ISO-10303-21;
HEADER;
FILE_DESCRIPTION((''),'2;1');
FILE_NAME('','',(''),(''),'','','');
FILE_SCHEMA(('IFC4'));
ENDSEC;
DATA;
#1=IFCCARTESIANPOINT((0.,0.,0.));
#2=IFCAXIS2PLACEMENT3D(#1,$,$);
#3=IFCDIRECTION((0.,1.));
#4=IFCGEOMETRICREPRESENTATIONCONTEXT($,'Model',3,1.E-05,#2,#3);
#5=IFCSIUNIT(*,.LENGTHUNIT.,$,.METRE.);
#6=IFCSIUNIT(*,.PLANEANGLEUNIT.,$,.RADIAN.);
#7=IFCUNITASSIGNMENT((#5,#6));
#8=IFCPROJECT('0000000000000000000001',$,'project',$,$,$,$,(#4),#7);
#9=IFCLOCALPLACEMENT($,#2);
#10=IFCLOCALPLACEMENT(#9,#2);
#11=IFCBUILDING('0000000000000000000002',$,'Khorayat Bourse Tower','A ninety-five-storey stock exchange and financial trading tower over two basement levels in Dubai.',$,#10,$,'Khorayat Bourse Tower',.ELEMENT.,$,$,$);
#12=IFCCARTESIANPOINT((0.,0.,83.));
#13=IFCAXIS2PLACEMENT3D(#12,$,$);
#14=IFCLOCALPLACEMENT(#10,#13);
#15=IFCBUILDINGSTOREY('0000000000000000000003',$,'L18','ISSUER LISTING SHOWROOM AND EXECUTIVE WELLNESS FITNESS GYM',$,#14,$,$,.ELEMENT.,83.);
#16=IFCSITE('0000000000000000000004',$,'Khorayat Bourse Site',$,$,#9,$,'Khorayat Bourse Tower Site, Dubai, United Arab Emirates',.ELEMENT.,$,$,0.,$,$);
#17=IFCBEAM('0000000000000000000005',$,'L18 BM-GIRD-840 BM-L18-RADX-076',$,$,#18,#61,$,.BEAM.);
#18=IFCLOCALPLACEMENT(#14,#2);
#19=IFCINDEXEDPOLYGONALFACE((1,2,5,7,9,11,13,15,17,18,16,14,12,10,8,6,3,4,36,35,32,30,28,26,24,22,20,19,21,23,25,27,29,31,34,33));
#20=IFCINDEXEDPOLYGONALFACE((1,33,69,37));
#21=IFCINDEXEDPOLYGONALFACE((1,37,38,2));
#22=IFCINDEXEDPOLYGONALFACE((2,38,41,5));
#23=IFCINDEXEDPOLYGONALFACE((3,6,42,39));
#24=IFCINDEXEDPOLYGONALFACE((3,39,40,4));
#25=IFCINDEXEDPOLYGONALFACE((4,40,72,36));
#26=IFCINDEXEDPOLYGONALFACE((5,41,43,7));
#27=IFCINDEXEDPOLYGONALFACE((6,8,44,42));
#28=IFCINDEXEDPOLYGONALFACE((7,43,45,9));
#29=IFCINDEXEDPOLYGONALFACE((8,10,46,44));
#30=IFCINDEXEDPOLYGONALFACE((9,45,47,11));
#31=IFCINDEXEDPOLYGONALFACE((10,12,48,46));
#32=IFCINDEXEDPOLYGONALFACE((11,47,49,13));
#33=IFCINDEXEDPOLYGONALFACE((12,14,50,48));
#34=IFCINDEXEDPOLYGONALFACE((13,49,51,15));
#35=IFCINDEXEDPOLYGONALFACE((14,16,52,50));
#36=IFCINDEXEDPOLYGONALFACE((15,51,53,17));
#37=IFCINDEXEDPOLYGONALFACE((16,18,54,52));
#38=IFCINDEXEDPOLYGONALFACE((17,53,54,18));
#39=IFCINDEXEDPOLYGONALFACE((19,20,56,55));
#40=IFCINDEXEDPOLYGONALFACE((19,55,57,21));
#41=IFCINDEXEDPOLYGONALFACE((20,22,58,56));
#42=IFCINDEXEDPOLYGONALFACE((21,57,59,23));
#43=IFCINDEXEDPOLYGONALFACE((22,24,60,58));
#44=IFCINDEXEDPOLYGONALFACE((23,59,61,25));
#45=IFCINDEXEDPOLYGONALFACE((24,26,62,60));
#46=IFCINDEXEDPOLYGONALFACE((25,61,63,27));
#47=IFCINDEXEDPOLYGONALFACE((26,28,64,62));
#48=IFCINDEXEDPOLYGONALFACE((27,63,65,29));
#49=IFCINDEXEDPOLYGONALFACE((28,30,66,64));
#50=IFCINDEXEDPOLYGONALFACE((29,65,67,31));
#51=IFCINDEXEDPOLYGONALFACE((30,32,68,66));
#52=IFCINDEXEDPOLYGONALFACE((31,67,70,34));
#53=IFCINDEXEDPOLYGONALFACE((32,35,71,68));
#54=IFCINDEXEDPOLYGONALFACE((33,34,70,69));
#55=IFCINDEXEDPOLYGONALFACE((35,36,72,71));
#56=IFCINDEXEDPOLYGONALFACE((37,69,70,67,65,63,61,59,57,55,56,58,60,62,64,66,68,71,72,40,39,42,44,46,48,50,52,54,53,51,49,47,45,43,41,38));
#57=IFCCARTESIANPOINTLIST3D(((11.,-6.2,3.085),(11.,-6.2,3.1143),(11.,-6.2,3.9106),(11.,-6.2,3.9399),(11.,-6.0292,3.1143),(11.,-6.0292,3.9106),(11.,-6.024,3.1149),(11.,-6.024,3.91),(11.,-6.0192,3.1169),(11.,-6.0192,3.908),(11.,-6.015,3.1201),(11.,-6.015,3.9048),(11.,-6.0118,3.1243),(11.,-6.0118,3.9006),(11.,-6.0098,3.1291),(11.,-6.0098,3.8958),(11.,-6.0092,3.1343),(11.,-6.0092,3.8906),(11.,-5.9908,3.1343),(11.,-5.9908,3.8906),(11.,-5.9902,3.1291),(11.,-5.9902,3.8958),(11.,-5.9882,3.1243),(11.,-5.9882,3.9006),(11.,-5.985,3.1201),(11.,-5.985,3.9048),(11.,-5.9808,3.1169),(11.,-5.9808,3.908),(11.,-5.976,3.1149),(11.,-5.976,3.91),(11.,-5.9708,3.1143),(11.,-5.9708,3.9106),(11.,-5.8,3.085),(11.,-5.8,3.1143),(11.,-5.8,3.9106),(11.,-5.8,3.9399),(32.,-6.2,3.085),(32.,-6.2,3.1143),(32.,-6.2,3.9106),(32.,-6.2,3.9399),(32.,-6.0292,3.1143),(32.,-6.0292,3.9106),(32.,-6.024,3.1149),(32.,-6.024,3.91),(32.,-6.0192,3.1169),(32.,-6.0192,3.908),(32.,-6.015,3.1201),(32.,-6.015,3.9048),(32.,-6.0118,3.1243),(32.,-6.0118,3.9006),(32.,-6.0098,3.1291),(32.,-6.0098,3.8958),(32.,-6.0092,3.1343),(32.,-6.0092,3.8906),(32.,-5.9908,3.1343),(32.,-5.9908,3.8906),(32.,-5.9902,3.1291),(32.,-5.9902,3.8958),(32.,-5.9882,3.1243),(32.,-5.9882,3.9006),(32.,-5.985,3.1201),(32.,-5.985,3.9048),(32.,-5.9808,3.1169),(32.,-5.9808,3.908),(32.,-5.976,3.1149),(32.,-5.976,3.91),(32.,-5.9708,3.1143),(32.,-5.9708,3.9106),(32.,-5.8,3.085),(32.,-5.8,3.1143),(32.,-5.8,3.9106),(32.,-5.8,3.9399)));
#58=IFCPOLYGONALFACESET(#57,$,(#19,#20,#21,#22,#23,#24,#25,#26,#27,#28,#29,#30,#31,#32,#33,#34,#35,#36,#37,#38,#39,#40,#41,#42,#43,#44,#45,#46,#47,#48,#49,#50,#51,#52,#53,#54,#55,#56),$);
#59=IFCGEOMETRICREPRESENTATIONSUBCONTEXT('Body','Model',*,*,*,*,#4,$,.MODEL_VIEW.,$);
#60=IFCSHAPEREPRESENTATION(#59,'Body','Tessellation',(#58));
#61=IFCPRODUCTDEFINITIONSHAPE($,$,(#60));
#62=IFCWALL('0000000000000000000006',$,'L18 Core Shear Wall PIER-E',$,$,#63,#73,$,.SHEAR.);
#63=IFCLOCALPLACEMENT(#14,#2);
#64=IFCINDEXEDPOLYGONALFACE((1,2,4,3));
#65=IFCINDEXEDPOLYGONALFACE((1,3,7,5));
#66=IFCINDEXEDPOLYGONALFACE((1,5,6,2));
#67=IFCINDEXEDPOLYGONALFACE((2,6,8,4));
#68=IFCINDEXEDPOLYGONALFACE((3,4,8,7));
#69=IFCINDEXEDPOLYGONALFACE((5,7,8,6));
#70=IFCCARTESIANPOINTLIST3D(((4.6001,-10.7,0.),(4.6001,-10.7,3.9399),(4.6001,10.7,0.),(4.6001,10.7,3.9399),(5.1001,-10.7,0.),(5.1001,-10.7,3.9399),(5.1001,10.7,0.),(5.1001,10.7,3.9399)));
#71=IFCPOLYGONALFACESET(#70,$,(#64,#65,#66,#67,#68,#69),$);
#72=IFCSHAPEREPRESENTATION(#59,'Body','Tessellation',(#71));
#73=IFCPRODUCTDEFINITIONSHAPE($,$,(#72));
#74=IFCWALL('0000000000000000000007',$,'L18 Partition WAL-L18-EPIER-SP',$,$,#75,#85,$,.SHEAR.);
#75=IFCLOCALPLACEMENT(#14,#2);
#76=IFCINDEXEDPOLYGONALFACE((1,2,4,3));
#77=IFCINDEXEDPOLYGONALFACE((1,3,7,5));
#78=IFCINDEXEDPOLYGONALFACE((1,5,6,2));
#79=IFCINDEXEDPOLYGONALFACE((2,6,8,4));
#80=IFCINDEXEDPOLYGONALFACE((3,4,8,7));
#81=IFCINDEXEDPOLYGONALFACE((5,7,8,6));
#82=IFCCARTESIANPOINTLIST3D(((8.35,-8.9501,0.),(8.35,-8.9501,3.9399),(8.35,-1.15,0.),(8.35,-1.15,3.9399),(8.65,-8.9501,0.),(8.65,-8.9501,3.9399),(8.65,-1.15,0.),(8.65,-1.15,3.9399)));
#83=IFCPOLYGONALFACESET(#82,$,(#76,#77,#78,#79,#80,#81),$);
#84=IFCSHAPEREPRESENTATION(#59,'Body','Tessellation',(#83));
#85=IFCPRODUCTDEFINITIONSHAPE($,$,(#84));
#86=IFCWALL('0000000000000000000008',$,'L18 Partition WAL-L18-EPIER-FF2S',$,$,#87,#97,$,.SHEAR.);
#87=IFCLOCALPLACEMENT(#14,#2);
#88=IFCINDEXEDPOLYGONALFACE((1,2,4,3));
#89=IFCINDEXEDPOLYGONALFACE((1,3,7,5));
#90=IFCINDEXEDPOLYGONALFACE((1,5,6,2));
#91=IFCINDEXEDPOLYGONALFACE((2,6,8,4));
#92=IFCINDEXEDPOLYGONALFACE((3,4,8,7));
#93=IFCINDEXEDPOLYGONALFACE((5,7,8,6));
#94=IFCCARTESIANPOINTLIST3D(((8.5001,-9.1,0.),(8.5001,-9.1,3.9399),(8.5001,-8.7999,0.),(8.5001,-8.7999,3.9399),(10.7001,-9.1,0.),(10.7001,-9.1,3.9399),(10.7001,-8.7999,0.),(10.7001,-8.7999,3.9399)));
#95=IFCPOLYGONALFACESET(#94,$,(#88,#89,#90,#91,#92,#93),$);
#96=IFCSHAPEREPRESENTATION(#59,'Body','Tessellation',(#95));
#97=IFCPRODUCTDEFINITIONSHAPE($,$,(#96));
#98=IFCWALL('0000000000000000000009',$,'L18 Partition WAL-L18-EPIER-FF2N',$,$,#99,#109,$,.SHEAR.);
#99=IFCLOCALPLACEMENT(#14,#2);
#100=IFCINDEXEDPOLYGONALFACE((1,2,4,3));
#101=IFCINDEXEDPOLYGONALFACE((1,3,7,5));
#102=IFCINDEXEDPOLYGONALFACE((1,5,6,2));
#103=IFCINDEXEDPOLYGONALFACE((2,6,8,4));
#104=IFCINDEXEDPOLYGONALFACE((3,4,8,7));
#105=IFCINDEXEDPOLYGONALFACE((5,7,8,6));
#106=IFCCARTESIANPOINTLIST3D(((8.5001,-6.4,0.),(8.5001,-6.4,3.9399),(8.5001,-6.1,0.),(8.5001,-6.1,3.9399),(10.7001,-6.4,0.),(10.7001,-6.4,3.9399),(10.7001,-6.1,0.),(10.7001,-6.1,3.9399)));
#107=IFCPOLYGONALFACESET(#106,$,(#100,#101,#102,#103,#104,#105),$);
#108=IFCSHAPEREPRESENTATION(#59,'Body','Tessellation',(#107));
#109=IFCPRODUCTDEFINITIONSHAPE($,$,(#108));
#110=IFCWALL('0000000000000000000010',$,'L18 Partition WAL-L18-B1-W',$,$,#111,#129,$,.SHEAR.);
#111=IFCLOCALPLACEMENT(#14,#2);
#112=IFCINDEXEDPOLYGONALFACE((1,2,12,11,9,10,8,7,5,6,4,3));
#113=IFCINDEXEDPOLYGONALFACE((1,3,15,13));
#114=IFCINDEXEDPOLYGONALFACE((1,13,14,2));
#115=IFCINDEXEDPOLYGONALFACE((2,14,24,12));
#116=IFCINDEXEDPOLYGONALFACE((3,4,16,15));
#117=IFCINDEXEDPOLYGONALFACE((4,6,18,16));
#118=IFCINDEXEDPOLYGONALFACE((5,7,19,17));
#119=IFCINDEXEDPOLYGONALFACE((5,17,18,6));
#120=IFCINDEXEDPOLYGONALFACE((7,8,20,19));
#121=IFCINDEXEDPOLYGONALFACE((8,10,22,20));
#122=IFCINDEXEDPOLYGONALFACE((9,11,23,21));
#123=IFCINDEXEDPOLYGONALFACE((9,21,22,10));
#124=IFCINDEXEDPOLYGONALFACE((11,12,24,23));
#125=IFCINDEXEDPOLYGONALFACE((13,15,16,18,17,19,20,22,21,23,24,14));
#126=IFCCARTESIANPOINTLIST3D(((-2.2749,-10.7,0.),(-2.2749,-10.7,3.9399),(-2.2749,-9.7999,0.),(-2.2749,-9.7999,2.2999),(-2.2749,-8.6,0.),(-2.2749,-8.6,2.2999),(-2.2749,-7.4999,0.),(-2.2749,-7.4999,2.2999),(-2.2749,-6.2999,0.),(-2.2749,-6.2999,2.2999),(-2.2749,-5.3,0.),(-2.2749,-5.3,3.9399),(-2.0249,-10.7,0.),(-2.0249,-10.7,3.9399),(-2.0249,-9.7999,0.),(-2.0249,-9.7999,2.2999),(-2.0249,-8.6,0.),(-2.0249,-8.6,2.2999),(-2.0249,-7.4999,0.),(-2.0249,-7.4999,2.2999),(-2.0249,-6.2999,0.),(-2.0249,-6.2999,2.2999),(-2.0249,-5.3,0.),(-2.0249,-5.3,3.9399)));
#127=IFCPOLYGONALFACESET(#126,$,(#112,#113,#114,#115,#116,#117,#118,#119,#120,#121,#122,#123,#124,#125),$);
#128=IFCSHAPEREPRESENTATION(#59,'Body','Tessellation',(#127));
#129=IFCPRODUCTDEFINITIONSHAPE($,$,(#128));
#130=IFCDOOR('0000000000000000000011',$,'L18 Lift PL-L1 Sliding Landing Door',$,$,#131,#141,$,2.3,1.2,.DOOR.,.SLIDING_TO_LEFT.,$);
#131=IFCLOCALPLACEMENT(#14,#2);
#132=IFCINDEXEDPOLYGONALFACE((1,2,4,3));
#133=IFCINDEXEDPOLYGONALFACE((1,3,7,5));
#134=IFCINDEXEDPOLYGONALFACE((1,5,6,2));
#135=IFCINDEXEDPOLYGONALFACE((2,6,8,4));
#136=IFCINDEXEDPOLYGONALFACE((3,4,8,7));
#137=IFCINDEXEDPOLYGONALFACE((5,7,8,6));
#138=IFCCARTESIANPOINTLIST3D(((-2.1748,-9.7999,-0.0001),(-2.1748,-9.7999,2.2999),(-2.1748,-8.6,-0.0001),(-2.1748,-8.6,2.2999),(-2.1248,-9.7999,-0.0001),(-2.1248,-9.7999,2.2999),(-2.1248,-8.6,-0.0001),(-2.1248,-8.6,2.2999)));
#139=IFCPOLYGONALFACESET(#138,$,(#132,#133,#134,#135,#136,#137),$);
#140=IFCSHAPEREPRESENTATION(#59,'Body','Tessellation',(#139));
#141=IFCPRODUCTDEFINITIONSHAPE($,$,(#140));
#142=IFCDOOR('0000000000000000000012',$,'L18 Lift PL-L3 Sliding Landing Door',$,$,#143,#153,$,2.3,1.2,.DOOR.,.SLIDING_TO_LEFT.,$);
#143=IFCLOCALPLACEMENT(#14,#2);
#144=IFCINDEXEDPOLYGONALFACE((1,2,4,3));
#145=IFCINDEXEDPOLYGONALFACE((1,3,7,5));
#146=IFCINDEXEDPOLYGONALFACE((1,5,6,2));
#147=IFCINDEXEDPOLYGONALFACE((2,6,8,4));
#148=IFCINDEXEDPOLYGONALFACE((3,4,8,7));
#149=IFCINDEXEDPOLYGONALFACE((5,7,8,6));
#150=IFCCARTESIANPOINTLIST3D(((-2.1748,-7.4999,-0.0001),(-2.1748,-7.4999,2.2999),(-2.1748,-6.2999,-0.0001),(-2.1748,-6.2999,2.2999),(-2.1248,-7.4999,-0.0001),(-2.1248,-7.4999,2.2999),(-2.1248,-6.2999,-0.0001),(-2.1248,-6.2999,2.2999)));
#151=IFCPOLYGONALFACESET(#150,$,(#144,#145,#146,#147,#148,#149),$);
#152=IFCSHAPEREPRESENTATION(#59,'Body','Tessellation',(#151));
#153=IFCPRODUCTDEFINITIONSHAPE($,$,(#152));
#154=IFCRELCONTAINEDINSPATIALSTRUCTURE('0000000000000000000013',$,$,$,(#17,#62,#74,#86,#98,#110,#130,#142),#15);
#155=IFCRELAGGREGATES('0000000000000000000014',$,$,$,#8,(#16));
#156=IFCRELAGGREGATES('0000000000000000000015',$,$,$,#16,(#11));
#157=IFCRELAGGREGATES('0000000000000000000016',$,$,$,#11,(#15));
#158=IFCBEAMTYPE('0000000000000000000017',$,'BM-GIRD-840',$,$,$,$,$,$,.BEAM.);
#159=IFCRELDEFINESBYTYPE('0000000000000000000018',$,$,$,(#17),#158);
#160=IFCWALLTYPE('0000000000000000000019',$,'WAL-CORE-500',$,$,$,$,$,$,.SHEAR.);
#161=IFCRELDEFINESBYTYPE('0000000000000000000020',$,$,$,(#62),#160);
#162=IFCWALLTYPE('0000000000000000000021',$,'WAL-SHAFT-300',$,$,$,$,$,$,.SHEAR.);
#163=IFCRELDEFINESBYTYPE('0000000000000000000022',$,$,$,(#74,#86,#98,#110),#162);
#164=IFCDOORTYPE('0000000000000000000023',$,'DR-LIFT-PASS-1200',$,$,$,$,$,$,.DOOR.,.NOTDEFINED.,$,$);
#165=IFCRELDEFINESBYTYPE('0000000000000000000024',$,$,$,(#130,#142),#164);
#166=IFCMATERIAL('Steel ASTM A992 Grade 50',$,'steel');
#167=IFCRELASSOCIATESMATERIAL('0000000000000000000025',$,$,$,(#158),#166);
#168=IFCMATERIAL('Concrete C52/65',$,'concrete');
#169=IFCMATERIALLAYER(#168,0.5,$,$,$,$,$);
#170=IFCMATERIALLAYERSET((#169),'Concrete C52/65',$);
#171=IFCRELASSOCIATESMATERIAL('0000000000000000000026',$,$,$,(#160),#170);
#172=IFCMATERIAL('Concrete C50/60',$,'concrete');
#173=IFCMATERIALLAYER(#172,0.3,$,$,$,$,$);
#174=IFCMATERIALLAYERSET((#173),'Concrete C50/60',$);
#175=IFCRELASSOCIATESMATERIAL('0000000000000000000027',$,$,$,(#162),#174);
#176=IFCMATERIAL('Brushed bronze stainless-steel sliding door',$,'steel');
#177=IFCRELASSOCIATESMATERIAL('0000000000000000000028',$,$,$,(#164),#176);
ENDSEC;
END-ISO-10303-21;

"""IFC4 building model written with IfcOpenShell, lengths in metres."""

from ifc_helpers import new_model, si_unit, direction, frame, frame_2d, origin, origin_2d, place, context, subcontext, project, spatial, rectangle, i_section, extrude, source, transform, mapped, material, layer, layer_set, material_profile, profile_set, type_object, element, fill, save


model = new_model("IFC4")

# Units and contexts
model_context = context("Model", 3, precision=1e-05, world=origin(), true_north=direction((0.0, 1.0)))
body_context = subcontext(model_context, "Body", "Model", "MODEL_VIEW")
ifc_project = project(units=[si_unit("LENGTHUNIT", "METRE"), si_unit("PLANEANGLEUNIT", "RADIAN")], contexts=[model_context])

# Site, building, storey
site_placement = place(None, origin())
site = spatial("IfcSite", under=ifc_project, at=site_placement, Name="Khorayat Bourse Site", LongName="Khorayat Bourse Tower Site, Dubai, United Arab Emirates", CompositionType="ELEMENT", RefElevation=0.0)
building_placement = place(site_placement, origin())
building = spatial("IfcBuilding", under=site, at=building_placement, Name="Khorayat Bourse Tower", Description="A ninety-five-storey stock exchange and financial trading tower over two basement levels in Dubai.", LongName="Khorayat Bourse Tower", CompositionType="ELEMENT")
storey_placement = place(building_placement, frame((0.0, 0.0, 83.0)))
storey = spatial("IfcBuildingStorey", under=building, at=storey_placement, Name="L18", Description="ISSUER LISTING SHOWROOM AND EXECUTIVE WELLNESS FITNESS GYM", CompositionType="ELEMENT", Elevation=83.0)

# Beam
ifc_material_1 = material(Name="Steel ASTM A992 Grade 50", Category="steel")
ifc_material_profile_1 = material_profile(ifc_material_1, i_section(OverallWidth=0.3999, OverallDepth=0.855, WebThickness=0.0183, FlangeThickness=0.0293, FilletRadius=0.02, at=origin_2d()), Name="W840X299")
ifc_profile_set_1 = profile_set([ifc_material_profile_1], Name="Steel ASTM A992 Grade 50")
beam_type_1 = type_object("IfcBeamType", Name="BM-GIRD-840", PredefinedType="BEAM", material=ifc_profile_set_1)
shared_shape_1 = source(origin(), body_context, "Body", "SweptSolid", [
    extrude(i_section(OverallWidth=0.3999, OverallDepth=0.855, WebThickness=0.0183, FlangeThickness=0.0293, FilletRadius=0.02, at=origin_2d()), origin(), (0.0, 0.0, 1.0), 21.0),
])
for number, where, z_axis, x_axis, name in (
    (1, (11.0, -6.0, 3.5125), (1.0, 0.0, 0.0), (0.0, 1.0, 0.0), "L18 BM-GIRD-840 BM-L18-RADX-076"),
):
    element("IfcBeam", number, at=place(storey_placement, frame(where, z_axis=z_axis, x_axis=x_axis)), inside=storey, type_object=beam_type_1, Name=name, PredefinedType="BEAM", context=body_context, shape_type="MappedRepresentation", body=[
        mapped(shared_shape_1, transform((0.0, 0.0, 0.0), scale=1.0)),
    ])

# Walls
ifc_material_2 = material(Name="Concrete C52/65", Category="concrete")
ifc_layer_1 = layer(ifc_material_2, 0.5)
ifc_layer_set_1 = layer_set([ifc_layer_1], Name="Concrete C52/65")
wall_type_1 = type_object("IfcWallType", Name="WAL-CORE-500", PredefinedType="SHEAR", material=ifc_layer_set_1)
shared_shape_2 = source(origin(), body_context, "Body", "SweptSolid", [
    extrude(rectangle(XDim=21.3999, YDim=0.5, at=frame_2d((10.7, 0.0))), origin(), (0.0, 0.0, 1.0), 3.9399),
])
wall_1_placement = place(storey_placement, frame((4.8501, -10.7, 0.0), z_axis=(0.0, 0.0, 1.0), x_axis=(0.0, 1.0, 0.0)))
element("IfcWall", 2, at=wall_1_placement, inside=storey, type_object=wall_type_1, Name="L18 Core Shear Wall PIER-E", PredefinedType="SHEAR", context=body_context, shape_type="MappedRepresentation", body=[
    mapped(shared_shape_2, transform((0.0, 0.0, 0.0), scale=1.0)),
])
ifc_material_3 = material(Name="Concrete C50/60", Category="concrete")
ifc_layer_2 = layer(ifc_material_3, 0.3)
ifc_layer_set_2 = layer_set([ifc_layer_2], Name="Concrete C50/60")
wall_type_2 = type_object("IfcWallType", Name="WAL-SHAFT-300", PredefinedType="SHEAR", material=ifc_layer_set_2)
shared_shape_3 = source(origin(), body_context, "Body", "SweptSolid", [
    extrude(rectangle(XDim=7.8, YDim=0.3, at=frame_2d((3.8999, 0.0))), origin(), (0.0, 0.0, 1.0), 3.9399),
])
wall_2_placement = place(storey_placement, frame((8.5, -8.95, 0.0), z_axis=(0.0, 0.0, 1.0), x_axis=(0.0, 1.0, 0.0)))
element("IfcWall", 3, at=wall_2_placement, inside=storey, type_object=wall_type_2, Name="L18 Partition WAL-L18-EPIER-SP", PredefinedType="SHEAR", context=body_context, shape_type="MappedRepresentation", body=[
    mapped(shared_shape_3, transform((0.0, 0.0, 0.0), scale=1.0)),
])
shared_shape_4 = source(origin(), body_context, "Body", "SweptSolid", [
    extrude(rectangle(XDim=2.2, YDim=0.3, at=frame_2d((1.1001, 0.0))), origin(), (0.0, 0.0, 1.0), 3.9399),
])
for number, where, z_axis, x_axis, name in (
    (4, (8.5, -8.95, 0.0), (0.0, 0.0, 1.0), (1.0, 0.0, 0.0), "L18 Partition WAL-L18-EPIER-FF2S"),
    (5, (8.5, -6.25, 0.0), (0.0, 0.0, 1.0), (1.0, 0.0, 0.0), "L18 Partition WAL-L18-EPIER-FF2N"),
):
    element("IfcWall", number, at=place(storey_placement, frame(where, z_axis=z_axis, x_axis=x_axis)), inside=storey, type_object=wall_type_2, Name=name, PredefinedType="SHEAR", context=body_context, shape_type="MappedRepresentation", body=[
        mapped(shared_shape_4, transform((0.0, 0.0, 0.0), scale=1.0)),
    ])

# Wall, openings, doors
shared_shape_5 = source(origin(), body_context, "Body", "SweptSolid", [
    extrude(rectangle(XDim=5.3999, YDim=0.25, at=frame_2d((2.7, 0.0))), origin(), (0.0, 0.0, 1.0), 3.9399),
])
wall_3_placement = place(storey_placement, frame((-2.1499, -10.7, 0.0), z_axis=(0.0, 0.0, 1.0), x_axis=(0.0, 1.0, 0.0)))
wall_3 = element("IfcWall", 6, at=wall_3_placement, inside=storey, type_object=wall_type_2, Name="L18 Partition WAL-L18-B1-W", PredefinedType="SHEAR", context=body_context, shape_type="MappedRepresentation", body=[
    mapped(shared_shape_5, transform((0.0, 0.0, 0.0), scale=1.0)),
])
shared_shape_6 = source(origin(), body_context, "Body", "SweptSolid", [
    extrude(rectangle(XDim=1.2, YDim=2.3, at=frame_2d((0.6001, 1.1499))), frame((0.0, 0.135, 0.0), z_axis=(0.0, -1.0, 0.0), x_axis=(1.0, 0.0, 0.0)), (0.0, 0.0, 1.0), 0.27),
])
opening_1_placement = place(wall_3_placement, frame((0.8999, 0.0, 0.0)))
opening_1 = element("IfcOpeningElement", 7, at=opening_1_placement, cuts=wall_3, PredefinedType="OPENING", context=body_context, shape_type="MappedRepresentation", body=[
    mapped(shared_shape_6, transform((0.0, 0.0, 0.0), scale=1.0)),
])
opening_2_placement = place(wall_3_placement, frame((3.2, 0.0, 0.0)))
opening_2 = element("IfcOpeningElement", 8, at=opening_2_placement, cuts=wall_3, PredefinedType="OPENING", context=body_context, shape_type="MappedRepresentation", body=[
    mapped(shared_shape_6, transform((0.0, 0.0, 0.0), scale=1.0)),
])
ifc_material_4 = material(Name="Brushed bronze stainless-steel sliding door", Category="steel")
door_type_1 = type_object("IfcDoorType", Name="DR-LIFT-PASS-1200", OperationType="NOTDEFINED", PredefinedType="DOOR", material=ifc_material_4)
shared_shape_7 = source(origin(), body_context, "Body", "SweptSolid", [
    extrude(rectangle(XDim=1.2, YDim=2.3, at=frame_2d((0.6001, 1.1499))), frame((0.0, 0.0249, 0.0), z_axis=(0.0, -1.0, 0.0), x_axis=(1.0, 0.0, 0.0)), (0.0, 0.0, 1.0), 0.05),
])
door_1_placement = place(opening_1_placement, origin())
door_1 = element("IfcDoor", 9, at=door_1_placement, inside=storey, type_object=door_type_1, Name="L18 Lift PL-L1 Sliding Landing Door", OperationType="SLIDING_TO_LEFT", OverallHeight=2.3, OverallWidth=1.2, PredefinedType="DOOR", context=body_context, shape_type="MappedRepresentation", body=[
    mapped(shared_shape_7, transform((0.0, 0.0, 0.0), scale=1.0)),
])
fill(opening_1, door_1)
door_2_placement = place(opening_2_placement, origin())
door_2 = element("IfcDoor", 10, at=door_2_placement, inside=storey, type_object=door_type_1, Name="L18 Lift PL-L3 Sliding Landing Door", OperationType="SLIDING_TO_LEFT", OverallHeight=2.3, OverallWidth=1.2, PredefinedType="DOOR", context=body_context, shape_type="MappedRepresentation", body=[
    mapped(shared_shape_7, transform((0.0, 0.0, 0.0), scale=1.0)),
])
fill(opening_2, door_2)

save(model, "model.ifc")
